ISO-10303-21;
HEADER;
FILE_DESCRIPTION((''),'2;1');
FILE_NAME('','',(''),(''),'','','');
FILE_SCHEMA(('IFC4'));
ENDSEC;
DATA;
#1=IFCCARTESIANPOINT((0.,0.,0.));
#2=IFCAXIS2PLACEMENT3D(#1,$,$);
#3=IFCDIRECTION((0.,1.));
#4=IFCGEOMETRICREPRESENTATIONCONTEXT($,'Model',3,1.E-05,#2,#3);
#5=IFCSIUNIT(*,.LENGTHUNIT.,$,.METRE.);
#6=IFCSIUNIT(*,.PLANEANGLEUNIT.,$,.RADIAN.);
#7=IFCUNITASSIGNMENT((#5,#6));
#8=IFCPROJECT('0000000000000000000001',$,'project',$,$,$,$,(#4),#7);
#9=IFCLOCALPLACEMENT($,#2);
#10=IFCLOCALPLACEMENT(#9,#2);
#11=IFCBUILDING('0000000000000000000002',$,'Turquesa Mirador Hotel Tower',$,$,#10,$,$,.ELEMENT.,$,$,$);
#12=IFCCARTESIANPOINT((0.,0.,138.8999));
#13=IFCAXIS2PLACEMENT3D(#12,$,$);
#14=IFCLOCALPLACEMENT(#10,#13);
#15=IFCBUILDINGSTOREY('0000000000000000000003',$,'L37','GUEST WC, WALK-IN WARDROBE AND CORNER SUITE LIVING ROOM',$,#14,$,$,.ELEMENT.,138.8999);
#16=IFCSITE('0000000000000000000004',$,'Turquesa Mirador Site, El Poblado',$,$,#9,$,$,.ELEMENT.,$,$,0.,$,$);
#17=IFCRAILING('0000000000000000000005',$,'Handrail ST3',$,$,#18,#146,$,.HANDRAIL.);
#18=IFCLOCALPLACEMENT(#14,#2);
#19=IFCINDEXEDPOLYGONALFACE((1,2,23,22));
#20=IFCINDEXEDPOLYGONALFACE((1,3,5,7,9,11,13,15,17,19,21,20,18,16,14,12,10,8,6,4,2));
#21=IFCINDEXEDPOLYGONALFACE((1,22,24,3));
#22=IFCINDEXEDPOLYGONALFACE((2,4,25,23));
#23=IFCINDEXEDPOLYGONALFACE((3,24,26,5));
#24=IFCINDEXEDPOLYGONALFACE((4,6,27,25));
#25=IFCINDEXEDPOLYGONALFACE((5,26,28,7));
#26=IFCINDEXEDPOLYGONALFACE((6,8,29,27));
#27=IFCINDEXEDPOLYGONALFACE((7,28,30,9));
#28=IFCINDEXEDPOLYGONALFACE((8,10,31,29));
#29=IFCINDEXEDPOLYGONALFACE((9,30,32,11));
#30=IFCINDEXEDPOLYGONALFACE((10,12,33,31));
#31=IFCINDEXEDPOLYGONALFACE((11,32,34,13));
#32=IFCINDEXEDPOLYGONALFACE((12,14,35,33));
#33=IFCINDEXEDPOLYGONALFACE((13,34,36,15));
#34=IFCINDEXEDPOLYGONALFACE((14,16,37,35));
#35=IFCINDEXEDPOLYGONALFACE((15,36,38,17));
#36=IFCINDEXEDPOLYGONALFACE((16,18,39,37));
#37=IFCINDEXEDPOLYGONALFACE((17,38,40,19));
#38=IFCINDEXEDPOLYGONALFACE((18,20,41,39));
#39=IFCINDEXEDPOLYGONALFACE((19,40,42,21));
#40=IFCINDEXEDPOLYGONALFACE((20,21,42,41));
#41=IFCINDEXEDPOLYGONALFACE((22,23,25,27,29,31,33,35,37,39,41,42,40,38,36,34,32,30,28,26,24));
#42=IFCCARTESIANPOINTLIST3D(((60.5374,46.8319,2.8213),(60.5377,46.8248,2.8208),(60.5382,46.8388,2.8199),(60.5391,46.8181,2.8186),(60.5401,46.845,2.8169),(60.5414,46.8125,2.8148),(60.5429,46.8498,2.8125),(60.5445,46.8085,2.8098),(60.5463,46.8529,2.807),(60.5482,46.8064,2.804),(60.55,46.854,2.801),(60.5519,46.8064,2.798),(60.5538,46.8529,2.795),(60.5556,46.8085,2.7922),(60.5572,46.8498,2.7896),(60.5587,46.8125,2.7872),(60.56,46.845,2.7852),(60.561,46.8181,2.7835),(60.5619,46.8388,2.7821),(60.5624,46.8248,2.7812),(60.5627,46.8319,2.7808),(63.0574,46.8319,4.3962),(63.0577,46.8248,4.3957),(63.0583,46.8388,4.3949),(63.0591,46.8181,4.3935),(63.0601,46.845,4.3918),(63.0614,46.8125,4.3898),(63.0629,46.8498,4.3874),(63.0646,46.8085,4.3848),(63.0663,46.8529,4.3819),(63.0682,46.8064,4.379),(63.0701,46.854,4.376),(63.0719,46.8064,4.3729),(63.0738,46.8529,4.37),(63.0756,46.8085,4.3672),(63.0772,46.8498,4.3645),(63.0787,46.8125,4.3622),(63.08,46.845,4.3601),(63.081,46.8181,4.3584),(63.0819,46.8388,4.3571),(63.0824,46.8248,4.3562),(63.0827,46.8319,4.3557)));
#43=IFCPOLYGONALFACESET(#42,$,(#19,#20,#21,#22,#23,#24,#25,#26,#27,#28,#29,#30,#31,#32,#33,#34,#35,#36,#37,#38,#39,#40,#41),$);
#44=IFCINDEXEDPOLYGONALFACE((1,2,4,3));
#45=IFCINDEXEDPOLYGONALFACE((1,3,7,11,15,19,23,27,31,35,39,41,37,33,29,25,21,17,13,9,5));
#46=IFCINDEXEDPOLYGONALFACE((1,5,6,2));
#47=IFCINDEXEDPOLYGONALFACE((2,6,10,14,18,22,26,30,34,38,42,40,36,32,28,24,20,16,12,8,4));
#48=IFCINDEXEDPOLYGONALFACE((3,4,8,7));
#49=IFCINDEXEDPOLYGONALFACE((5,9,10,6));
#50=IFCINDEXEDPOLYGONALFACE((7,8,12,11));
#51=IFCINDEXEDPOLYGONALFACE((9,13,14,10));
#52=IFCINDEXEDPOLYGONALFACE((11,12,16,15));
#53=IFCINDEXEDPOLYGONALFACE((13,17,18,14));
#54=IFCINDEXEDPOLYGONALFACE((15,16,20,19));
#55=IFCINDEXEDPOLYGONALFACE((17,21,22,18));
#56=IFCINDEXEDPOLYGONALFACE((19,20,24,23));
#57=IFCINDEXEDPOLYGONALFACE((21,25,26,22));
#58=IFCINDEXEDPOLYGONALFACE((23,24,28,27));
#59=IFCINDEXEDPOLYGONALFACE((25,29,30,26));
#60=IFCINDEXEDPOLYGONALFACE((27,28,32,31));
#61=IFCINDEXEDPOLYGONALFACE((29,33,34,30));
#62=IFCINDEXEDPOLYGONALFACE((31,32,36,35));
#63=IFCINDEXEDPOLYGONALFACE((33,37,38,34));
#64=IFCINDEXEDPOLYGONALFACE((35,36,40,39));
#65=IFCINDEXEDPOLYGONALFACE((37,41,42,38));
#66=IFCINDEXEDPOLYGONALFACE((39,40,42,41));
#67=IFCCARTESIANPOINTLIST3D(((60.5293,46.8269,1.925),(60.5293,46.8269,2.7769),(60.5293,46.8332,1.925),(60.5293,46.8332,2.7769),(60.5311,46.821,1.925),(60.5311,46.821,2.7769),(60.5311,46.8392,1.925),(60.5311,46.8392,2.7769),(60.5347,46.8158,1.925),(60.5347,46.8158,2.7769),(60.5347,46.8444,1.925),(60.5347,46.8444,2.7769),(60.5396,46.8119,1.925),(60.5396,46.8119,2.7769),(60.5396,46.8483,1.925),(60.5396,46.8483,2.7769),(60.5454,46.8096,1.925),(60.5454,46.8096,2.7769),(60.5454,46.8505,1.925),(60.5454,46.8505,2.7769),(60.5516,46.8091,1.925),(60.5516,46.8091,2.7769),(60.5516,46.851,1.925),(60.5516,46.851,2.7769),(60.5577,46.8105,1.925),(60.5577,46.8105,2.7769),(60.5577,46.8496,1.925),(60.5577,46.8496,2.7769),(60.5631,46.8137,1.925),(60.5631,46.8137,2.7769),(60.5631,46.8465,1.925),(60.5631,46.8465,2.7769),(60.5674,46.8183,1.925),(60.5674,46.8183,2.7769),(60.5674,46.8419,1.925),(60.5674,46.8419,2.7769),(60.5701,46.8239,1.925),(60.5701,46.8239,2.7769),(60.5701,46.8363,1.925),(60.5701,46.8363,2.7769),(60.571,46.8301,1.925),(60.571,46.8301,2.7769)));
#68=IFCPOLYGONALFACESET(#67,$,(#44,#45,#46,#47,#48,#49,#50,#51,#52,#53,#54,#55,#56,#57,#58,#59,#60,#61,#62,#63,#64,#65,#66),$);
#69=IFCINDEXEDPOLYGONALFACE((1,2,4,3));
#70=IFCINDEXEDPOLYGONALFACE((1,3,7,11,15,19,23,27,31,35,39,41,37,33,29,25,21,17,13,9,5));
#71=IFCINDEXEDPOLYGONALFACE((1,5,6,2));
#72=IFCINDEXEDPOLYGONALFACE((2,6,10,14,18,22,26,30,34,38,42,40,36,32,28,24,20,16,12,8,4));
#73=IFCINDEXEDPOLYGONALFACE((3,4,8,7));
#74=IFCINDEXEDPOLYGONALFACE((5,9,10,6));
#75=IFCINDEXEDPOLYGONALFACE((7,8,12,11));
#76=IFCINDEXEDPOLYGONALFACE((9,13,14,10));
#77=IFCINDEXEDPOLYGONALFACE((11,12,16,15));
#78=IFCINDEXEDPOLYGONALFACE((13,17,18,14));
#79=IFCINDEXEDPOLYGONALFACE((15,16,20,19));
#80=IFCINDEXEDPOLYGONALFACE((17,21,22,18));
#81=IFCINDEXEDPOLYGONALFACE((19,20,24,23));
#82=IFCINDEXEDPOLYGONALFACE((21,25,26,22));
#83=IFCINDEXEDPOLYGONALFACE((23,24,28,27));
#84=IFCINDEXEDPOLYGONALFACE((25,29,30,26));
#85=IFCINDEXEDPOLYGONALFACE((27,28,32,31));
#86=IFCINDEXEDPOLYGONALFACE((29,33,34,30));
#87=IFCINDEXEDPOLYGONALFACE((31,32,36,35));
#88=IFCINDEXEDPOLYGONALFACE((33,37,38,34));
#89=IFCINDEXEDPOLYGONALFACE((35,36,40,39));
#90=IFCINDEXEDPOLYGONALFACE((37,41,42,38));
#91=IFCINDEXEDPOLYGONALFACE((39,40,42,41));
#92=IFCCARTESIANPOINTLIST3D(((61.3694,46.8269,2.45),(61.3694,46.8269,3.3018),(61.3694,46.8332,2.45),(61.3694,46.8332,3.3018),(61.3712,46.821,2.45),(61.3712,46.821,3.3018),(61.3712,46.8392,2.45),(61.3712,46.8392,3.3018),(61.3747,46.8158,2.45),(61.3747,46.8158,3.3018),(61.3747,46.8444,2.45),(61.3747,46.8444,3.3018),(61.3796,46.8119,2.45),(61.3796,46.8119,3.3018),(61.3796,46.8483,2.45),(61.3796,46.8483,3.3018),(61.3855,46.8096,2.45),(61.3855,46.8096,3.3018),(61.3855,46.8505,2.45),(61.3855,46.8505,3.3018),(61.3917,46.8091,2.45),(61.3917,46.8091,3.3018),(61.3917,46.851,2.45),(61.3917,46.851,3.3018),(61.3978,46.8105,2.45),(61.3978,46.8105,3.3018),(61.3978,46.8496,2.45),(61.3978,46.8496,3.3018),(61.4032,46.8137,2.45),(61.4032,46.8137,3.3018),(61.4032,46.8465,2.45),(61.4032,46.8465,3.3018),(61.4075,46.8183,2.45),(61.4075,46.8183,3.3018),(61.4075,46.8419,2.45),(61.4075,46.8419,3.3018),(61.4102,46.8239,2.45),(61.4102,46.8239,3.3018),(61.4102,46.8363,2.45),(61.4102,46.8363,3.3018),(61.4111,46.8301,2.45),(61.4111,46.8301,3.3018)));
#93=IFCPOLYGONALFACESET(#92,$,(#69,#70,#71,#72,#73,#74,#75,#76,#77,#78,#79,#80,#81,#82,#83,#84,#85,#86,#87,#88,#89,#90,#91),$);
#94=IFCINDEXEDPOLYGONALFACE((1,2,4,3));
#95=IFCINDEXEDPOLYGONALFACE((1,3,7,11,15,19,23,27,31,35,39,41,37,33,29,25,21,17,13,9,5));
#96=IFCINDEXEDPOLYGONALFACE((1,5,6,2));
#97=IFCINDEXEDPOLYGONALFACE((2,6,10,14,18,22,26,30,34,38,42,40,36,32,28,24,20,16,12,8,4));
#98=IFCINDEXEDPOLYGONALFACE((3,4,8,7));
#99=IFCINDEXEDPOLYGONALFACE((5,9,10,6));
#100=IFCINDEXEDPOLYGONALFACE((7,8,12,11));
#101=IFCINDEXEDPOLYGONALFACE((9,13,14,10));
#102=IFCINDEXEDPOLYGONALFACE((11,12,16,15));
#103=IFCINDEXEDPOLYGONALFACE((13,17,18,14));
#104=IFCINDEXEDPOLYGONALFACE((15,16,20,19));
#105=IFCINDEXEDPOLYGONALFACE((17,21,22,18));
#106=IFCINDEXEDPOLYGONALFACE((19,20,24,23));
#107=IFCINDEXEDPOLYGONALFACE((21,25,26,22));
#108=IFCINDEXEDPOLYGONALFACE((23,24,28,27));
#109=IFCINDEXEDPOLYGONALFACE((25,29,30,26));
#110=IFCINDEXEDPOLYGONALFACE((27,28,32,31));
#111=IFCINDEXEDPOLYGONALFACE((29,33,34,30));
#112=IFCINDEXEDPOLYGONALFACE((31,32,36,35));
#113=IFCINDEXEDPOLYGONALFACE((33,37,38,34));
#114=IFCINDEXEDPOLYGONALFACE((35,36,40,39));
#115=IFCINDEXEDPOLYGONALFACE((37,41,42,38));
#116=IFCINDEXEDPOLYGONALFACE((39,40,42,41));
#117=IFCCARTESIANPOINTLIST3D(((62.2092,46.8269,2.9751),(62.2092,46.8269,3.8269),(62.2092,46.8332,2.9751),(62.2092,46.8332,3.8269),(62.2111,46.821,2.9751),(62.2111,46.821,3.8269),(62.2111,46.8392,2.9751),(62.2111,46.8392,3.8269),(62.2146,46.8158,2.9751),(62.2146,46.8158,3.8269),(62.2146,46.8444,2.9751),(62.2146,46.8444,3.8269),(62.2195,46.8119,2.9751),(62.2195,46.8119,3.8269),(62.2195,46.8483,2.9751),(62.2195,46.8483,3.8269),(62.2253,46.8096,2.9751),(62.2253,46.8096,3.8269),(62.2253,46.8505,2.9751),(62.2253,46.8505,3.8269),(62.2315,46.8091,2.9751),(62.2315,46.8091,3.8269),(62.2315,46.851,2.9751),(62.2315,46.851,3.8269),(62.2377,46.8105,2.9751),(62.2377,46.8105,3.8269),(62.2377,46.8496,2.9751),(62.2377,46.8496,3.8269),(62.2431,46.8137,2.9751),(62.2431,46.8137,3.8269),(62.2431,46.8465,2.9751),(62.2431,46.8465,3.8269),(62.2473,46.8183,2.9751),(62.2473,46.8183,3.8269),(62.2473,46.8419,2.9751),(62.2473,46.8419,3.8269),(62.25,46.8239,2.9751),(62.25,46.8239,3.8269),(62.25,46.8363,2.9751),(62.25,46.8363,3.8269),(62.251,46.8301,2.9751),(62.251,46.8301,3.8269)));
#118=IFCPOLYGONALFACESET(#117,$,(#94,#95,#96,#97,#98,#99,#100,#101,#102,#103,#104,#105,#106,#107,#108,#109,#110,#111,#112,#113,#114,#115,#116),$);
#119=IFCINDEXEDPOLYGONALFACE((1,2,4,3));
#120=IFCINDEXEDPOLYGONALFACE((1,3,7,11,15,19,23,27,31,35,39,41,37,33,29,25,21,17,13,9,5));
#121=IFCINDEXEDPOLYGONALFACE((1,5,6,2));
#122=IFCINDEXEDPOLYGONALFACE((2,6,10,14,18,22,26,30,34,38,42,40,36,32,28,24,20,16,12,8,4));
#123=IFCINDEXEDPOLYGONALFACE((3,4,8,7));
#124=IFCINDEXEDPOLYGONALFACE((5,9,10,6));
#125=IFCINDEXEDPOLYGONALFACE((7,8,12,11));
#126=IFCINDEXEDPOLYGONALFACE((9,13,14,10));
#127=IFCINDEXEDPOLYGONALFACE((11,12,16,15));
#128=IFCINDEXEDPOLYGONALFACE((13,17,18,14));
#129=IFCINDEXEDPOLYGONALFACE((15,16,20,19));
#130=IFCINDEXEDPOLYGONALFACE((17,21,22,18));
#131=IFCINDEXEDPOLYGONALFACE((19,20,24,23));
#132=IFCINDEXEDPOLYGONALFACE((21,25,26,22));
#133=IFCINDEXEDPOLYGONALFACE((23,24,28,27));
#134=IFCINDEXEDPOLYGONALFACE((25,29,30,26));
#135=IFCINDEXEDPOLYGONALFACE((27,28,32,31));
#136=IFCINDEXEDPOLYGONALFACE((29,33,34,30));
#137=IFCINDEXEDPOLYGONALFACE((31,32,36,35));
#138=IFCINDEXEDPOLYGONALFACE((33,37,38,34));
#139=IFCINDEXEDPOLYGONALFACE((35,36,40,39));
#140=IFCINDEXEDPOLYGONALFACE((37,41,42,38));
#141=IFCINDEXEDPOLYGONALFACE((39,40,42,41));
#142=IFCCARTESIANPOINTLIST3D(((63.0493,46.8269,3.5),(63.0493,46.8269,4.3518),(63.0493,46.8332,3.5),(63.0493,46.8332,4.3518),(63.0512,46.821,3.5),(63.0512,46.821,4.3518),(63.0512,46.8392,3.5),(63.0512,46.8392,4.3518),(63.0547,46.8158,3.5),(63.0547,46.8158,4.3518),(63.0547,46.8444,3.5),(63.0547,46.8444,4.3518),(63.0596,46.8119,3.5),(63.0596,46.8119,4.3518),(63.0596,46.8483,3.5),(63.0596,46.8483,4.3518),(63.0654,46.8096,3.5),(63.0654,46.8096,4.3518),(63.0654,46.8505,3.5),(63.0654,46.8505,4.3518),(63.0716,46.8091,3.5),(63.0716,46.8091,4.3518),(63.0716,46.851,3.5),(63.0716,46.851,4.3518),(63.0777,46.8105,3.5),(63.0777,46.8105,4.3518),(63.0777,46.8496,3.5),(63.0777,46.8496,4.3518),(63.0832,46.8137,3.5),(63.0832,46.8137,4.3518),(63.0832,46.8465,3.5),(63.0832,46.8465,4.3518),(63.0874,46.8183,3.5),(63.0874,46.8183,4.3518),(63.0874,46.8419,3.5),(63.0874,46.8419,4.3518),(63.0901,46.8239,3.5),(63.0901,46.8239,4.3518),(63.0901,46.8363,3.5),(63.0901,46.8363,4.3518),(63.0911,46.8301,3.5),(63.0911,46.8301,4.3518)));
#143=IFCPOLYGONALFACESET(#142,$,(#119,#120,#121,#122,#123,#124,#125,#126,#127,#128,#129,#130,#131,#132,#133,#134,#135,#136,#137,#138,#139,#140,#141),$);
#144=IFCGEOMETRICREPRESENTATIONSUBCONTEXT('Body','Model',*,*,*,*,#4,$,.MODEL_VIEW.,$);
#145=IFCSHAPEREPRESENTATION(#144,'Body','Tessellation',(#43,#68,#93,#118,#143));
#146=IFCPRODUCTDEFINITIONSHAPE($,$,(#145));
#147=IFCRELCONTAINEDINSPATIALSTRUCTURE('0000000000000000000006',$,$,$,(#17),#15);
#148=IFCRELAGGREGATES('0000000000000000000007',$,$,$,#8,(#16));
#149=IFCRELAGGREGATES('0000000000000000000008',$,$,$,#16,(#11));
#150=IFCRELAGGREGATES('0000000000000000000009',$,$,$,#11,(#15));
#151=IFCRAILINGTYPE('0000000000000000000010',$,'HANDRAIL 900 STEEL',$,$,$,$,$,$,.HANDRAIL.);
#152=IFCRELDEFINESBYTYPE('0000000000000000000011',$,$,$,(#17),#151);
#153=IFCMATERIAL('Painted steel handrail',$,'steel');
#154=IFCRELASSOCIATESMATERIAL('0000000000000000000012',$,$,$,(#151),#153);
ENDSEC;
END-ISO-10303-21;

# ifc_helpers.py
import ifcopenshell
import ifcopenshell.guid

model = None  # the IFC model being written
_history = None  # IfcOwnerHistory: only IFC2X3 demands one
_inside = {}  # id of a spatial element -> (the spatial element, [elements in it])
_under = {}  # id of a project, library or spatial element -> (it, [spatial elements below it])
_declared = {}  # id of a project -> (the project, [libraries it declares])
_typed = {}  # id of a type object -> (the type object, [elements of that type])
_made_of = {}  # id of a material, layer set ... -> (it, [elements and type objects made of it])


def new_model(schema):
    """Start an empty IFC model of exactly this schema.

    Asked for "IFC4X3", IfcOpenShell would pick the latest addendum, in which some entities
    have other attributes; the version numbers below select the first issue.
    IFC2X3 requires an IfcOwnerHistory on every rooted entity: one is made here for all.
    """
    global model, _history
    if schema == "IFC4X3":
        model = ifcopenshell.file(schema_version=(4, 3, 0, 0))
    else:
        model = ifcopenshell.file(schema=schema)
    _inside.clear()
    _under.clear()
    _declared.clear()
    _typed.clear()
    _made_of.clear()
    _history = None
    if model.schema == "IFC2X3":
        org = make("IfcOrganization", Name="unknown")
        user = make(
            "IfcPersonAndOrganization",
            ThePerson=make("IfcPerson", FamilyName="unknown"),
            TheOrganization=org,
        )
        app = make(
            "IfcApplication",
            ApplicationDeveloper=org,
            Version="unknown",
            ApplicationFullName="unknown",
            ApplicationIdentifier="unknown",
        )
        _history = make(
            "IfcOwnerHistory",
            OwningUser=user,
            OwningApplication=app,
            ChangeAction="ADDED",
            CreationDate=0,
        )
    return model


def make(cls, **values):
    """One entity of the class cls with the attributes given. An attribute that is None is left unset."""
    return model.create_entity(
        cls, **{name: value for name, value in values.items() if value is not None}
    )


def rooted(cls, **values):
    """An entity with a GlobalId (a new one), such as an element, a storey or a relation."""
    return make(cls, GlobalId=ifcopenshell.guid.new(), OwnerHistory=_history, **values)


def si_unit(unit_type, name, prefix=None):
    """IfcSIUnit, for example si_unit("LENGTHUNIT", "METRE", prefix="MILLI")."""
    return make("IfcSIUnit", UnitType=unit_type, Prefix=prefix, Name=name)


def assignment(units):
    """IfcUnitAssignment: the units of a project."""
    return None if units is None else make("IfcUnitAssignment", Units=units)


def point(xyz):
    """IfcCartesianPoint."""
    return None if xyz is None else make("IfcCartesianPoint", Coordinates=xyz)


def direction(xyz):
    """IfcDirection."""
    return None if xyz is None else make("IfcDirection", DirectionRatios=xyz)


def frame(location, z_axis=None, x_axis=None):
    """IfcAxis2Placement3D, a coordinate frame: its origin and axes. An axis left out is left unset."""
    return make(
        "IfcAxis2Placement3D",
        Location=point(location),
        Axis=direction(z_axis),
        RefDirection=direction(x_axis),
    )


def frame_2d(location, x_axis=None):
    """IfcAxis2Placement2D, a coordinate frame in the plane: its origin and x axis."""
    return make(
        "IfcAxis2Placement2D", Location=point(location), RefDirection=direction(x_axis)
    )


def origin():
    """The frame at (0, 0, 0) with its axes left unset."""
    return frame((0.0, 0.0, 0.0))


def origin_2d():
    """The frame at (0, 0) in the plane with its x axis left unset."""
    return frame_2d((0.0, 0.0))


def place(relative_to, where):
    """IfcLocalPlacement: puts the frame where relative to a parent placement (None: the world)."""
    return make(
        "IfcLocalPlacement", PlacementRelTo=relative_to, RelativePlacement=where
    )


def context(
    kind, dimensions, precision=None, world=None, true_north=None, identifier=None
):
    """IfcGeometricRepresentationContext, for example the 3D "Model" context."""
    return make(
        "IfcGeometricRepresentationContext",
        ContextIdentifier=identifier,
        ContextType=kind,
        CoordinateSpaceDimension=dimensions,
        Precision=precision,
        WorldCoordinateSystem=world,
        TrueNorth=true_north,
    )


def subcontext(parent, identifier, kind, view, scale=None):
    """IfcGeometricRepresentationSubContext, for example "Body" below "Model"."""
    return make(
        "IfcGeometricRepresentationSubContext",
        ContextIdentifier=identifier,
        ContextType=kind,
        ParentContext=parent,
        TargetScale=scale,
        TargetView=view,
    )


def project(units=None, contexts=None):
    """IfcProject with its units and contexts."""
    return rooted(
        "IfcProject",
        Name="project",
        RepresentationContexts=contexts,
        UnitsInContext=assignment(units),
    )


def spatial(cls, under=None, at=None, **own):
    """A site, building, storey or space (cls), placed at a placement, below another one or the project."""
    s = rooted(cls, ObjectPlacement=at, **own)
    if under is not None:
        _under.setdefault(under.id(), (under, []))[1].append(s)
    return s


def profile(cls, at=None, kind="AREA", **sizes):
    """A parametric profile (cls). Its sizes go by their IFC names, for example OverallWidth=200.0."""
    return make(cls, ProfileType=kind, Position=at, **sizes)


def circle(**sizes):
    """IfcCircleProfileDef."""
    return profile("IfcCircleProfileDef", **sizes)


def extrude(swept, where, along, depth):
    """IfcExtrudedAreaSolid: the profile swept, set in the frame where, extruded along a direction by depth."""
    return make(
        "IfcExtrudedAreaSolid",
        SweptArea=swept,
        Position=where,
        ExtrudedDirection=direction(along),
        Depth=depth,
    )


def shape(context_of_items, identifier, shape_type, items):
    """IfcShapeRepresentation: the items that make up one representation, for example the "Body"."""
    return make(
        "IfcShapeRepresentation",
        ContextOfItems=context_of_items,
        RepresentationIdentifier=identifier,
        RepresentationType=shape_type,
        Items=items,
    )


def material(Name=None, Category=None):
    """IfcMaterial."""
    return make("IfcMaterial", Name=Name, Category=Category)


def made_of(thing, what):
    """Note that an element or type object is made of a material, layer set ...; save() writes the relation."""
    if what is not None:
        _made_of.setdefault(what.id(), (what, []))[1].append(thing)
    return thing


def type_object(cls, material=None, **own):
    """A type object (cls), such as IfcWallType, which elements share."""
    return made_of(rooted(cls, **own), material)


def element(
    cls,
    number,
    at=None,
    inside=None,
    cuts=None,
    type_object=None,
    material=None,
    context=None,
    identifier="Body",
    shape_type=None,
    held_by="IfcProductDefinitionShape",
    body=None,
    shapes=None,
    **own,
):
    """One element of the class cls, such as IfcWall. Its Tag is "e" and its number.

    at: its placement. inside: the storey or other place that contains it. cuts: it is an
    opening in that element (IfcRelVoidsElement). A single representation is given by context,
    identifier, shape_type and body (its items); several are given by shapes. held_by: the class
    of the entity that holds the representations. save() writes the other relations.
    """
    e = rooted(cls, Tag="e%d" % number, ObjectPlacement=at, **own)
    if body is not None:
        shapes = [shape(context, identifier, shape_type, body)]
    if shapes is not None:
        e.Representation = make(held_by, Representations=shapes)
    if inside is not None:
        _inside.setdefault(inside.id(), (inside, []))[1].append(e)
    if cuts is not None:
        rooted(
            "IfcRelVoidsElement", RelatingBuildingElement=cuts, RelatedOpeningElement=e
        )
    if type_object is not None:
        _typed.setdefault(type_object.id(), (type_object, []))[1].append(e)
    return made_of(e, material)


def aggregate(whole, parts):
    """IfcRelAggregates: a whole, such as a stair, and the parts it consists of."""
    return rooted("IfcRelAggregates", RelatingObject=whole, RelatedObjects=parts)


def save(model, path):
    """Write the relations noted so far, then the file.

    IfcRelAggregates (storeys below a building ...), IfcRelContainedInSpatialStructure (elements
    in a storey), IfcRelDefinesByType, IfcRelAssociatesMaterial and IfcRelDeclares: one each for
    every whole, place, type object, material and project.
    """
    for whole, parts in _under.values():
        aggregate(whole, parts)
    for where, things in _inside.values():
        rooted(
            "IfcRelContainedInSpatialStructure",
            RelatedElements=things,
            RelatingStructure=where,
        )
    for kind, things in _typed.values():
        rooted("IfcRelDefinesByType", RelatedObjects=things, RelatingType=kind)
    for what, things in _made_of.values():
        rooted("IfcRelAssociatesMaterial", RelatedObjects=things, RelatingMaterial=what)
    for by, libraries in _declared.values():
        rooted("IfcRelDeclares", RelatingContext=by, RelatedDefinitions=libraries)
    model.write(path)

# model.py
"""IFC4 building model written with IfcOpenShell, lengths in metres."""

from ifc_helpers import new_model, si_unit, direction, frame, origin, origin_2d, place, context, subcontext, project, spatial, circle, extrude, material, type_object, element, save


model = new_model("IFC4")

# Units and contexts
model_context = context("Model", 3, precision=1e-05, world=origin(), true_north=direction((0.0, 1.0)))
body_context = subcontext(model_context, "Body", "Model", "MODEL_VIEW")
ifc_project = project(units=[si_unit("LENGTHUNIT", "METRE"), si_unit("PLANEANGLEUNIT", "RADIAN")], contexts=[model_context])

# Site, building, storey
site_placement = place(None, origin())
site = spatial("IfcSite", under=ifc_project, at=site_placement, Name="Turquesa Mirador Site, El Poblado", CompositionType="ELEMENT", RefElevation=0.0)
building_placement = place(site_placement, origin())
building = spatial("IfcBuilding", under=site, at=building_placement, Name="Turquesa Mirador Hotel Tower", CompositionType="ELEMENT")
storey_placement = place(building_placement, frame((0.0, 0.0, 138.8999)))
storey = spatial("IfcBuildingStorey", under=building, at=storey_placement, Name="L37", Description="GUEST WC, WALK-IN WARDROBE AND CORNER SUITE LIVING ROOM", CompositionType="ELEMENT", Elevation=138.8999)

# Railing
ifc_material_1 = material(Name="Painted steel handrail", Category="steel")
railing_type = type_object("IfcRailingType", Name="HANDRAIL 900 STEEL", PredefinedType="HANDRAIL", material=ifc_material_1)
railing_1_placement = place(storey_placement, frame((60.55, 46.8301, 1.925)))
element("IfcRailing", 1, at=railing_1_placement, inside=storey, type_object=railing_type, Name="Handrail ST3", PredefinedType="HANDRAIL", context=body_context, shape_type="SweptSolid", body=[
    extrude(circle(Radius=0.0239, at=origin_2d()), frame((0.0, 0.0, 0.876), z_axis=(0.848008, 0.0, 0.529984), x_axis=(0.0, 1.0, 0.0)), (0.0, 0.0, 1.0), 2.9717),
    extrude(circle(Radius=0.021, at=origin_2d()), origin(), (0.0, 0.0, 1.0), 0.8518),
    extrude(circle(Radius=0.021, at=origin_2d()), frame((0.8401, 0.0, 0.5249)), (0.0, 0.0, 1.0), 0.8518),
    extrude(circle(Radius=0.021, at=origin_2d()), frame((1.6799, 0.0, 1.05)), (0.0, 0.0, 1.0), 0.8518),
    extrude(circle(Radius=0.021, at=origin_2d()), frame((2.52, 0.0, 1.575)), (0.0, 0.0, 1.0), 0.8518),
])

save(model, "model.ifc")
